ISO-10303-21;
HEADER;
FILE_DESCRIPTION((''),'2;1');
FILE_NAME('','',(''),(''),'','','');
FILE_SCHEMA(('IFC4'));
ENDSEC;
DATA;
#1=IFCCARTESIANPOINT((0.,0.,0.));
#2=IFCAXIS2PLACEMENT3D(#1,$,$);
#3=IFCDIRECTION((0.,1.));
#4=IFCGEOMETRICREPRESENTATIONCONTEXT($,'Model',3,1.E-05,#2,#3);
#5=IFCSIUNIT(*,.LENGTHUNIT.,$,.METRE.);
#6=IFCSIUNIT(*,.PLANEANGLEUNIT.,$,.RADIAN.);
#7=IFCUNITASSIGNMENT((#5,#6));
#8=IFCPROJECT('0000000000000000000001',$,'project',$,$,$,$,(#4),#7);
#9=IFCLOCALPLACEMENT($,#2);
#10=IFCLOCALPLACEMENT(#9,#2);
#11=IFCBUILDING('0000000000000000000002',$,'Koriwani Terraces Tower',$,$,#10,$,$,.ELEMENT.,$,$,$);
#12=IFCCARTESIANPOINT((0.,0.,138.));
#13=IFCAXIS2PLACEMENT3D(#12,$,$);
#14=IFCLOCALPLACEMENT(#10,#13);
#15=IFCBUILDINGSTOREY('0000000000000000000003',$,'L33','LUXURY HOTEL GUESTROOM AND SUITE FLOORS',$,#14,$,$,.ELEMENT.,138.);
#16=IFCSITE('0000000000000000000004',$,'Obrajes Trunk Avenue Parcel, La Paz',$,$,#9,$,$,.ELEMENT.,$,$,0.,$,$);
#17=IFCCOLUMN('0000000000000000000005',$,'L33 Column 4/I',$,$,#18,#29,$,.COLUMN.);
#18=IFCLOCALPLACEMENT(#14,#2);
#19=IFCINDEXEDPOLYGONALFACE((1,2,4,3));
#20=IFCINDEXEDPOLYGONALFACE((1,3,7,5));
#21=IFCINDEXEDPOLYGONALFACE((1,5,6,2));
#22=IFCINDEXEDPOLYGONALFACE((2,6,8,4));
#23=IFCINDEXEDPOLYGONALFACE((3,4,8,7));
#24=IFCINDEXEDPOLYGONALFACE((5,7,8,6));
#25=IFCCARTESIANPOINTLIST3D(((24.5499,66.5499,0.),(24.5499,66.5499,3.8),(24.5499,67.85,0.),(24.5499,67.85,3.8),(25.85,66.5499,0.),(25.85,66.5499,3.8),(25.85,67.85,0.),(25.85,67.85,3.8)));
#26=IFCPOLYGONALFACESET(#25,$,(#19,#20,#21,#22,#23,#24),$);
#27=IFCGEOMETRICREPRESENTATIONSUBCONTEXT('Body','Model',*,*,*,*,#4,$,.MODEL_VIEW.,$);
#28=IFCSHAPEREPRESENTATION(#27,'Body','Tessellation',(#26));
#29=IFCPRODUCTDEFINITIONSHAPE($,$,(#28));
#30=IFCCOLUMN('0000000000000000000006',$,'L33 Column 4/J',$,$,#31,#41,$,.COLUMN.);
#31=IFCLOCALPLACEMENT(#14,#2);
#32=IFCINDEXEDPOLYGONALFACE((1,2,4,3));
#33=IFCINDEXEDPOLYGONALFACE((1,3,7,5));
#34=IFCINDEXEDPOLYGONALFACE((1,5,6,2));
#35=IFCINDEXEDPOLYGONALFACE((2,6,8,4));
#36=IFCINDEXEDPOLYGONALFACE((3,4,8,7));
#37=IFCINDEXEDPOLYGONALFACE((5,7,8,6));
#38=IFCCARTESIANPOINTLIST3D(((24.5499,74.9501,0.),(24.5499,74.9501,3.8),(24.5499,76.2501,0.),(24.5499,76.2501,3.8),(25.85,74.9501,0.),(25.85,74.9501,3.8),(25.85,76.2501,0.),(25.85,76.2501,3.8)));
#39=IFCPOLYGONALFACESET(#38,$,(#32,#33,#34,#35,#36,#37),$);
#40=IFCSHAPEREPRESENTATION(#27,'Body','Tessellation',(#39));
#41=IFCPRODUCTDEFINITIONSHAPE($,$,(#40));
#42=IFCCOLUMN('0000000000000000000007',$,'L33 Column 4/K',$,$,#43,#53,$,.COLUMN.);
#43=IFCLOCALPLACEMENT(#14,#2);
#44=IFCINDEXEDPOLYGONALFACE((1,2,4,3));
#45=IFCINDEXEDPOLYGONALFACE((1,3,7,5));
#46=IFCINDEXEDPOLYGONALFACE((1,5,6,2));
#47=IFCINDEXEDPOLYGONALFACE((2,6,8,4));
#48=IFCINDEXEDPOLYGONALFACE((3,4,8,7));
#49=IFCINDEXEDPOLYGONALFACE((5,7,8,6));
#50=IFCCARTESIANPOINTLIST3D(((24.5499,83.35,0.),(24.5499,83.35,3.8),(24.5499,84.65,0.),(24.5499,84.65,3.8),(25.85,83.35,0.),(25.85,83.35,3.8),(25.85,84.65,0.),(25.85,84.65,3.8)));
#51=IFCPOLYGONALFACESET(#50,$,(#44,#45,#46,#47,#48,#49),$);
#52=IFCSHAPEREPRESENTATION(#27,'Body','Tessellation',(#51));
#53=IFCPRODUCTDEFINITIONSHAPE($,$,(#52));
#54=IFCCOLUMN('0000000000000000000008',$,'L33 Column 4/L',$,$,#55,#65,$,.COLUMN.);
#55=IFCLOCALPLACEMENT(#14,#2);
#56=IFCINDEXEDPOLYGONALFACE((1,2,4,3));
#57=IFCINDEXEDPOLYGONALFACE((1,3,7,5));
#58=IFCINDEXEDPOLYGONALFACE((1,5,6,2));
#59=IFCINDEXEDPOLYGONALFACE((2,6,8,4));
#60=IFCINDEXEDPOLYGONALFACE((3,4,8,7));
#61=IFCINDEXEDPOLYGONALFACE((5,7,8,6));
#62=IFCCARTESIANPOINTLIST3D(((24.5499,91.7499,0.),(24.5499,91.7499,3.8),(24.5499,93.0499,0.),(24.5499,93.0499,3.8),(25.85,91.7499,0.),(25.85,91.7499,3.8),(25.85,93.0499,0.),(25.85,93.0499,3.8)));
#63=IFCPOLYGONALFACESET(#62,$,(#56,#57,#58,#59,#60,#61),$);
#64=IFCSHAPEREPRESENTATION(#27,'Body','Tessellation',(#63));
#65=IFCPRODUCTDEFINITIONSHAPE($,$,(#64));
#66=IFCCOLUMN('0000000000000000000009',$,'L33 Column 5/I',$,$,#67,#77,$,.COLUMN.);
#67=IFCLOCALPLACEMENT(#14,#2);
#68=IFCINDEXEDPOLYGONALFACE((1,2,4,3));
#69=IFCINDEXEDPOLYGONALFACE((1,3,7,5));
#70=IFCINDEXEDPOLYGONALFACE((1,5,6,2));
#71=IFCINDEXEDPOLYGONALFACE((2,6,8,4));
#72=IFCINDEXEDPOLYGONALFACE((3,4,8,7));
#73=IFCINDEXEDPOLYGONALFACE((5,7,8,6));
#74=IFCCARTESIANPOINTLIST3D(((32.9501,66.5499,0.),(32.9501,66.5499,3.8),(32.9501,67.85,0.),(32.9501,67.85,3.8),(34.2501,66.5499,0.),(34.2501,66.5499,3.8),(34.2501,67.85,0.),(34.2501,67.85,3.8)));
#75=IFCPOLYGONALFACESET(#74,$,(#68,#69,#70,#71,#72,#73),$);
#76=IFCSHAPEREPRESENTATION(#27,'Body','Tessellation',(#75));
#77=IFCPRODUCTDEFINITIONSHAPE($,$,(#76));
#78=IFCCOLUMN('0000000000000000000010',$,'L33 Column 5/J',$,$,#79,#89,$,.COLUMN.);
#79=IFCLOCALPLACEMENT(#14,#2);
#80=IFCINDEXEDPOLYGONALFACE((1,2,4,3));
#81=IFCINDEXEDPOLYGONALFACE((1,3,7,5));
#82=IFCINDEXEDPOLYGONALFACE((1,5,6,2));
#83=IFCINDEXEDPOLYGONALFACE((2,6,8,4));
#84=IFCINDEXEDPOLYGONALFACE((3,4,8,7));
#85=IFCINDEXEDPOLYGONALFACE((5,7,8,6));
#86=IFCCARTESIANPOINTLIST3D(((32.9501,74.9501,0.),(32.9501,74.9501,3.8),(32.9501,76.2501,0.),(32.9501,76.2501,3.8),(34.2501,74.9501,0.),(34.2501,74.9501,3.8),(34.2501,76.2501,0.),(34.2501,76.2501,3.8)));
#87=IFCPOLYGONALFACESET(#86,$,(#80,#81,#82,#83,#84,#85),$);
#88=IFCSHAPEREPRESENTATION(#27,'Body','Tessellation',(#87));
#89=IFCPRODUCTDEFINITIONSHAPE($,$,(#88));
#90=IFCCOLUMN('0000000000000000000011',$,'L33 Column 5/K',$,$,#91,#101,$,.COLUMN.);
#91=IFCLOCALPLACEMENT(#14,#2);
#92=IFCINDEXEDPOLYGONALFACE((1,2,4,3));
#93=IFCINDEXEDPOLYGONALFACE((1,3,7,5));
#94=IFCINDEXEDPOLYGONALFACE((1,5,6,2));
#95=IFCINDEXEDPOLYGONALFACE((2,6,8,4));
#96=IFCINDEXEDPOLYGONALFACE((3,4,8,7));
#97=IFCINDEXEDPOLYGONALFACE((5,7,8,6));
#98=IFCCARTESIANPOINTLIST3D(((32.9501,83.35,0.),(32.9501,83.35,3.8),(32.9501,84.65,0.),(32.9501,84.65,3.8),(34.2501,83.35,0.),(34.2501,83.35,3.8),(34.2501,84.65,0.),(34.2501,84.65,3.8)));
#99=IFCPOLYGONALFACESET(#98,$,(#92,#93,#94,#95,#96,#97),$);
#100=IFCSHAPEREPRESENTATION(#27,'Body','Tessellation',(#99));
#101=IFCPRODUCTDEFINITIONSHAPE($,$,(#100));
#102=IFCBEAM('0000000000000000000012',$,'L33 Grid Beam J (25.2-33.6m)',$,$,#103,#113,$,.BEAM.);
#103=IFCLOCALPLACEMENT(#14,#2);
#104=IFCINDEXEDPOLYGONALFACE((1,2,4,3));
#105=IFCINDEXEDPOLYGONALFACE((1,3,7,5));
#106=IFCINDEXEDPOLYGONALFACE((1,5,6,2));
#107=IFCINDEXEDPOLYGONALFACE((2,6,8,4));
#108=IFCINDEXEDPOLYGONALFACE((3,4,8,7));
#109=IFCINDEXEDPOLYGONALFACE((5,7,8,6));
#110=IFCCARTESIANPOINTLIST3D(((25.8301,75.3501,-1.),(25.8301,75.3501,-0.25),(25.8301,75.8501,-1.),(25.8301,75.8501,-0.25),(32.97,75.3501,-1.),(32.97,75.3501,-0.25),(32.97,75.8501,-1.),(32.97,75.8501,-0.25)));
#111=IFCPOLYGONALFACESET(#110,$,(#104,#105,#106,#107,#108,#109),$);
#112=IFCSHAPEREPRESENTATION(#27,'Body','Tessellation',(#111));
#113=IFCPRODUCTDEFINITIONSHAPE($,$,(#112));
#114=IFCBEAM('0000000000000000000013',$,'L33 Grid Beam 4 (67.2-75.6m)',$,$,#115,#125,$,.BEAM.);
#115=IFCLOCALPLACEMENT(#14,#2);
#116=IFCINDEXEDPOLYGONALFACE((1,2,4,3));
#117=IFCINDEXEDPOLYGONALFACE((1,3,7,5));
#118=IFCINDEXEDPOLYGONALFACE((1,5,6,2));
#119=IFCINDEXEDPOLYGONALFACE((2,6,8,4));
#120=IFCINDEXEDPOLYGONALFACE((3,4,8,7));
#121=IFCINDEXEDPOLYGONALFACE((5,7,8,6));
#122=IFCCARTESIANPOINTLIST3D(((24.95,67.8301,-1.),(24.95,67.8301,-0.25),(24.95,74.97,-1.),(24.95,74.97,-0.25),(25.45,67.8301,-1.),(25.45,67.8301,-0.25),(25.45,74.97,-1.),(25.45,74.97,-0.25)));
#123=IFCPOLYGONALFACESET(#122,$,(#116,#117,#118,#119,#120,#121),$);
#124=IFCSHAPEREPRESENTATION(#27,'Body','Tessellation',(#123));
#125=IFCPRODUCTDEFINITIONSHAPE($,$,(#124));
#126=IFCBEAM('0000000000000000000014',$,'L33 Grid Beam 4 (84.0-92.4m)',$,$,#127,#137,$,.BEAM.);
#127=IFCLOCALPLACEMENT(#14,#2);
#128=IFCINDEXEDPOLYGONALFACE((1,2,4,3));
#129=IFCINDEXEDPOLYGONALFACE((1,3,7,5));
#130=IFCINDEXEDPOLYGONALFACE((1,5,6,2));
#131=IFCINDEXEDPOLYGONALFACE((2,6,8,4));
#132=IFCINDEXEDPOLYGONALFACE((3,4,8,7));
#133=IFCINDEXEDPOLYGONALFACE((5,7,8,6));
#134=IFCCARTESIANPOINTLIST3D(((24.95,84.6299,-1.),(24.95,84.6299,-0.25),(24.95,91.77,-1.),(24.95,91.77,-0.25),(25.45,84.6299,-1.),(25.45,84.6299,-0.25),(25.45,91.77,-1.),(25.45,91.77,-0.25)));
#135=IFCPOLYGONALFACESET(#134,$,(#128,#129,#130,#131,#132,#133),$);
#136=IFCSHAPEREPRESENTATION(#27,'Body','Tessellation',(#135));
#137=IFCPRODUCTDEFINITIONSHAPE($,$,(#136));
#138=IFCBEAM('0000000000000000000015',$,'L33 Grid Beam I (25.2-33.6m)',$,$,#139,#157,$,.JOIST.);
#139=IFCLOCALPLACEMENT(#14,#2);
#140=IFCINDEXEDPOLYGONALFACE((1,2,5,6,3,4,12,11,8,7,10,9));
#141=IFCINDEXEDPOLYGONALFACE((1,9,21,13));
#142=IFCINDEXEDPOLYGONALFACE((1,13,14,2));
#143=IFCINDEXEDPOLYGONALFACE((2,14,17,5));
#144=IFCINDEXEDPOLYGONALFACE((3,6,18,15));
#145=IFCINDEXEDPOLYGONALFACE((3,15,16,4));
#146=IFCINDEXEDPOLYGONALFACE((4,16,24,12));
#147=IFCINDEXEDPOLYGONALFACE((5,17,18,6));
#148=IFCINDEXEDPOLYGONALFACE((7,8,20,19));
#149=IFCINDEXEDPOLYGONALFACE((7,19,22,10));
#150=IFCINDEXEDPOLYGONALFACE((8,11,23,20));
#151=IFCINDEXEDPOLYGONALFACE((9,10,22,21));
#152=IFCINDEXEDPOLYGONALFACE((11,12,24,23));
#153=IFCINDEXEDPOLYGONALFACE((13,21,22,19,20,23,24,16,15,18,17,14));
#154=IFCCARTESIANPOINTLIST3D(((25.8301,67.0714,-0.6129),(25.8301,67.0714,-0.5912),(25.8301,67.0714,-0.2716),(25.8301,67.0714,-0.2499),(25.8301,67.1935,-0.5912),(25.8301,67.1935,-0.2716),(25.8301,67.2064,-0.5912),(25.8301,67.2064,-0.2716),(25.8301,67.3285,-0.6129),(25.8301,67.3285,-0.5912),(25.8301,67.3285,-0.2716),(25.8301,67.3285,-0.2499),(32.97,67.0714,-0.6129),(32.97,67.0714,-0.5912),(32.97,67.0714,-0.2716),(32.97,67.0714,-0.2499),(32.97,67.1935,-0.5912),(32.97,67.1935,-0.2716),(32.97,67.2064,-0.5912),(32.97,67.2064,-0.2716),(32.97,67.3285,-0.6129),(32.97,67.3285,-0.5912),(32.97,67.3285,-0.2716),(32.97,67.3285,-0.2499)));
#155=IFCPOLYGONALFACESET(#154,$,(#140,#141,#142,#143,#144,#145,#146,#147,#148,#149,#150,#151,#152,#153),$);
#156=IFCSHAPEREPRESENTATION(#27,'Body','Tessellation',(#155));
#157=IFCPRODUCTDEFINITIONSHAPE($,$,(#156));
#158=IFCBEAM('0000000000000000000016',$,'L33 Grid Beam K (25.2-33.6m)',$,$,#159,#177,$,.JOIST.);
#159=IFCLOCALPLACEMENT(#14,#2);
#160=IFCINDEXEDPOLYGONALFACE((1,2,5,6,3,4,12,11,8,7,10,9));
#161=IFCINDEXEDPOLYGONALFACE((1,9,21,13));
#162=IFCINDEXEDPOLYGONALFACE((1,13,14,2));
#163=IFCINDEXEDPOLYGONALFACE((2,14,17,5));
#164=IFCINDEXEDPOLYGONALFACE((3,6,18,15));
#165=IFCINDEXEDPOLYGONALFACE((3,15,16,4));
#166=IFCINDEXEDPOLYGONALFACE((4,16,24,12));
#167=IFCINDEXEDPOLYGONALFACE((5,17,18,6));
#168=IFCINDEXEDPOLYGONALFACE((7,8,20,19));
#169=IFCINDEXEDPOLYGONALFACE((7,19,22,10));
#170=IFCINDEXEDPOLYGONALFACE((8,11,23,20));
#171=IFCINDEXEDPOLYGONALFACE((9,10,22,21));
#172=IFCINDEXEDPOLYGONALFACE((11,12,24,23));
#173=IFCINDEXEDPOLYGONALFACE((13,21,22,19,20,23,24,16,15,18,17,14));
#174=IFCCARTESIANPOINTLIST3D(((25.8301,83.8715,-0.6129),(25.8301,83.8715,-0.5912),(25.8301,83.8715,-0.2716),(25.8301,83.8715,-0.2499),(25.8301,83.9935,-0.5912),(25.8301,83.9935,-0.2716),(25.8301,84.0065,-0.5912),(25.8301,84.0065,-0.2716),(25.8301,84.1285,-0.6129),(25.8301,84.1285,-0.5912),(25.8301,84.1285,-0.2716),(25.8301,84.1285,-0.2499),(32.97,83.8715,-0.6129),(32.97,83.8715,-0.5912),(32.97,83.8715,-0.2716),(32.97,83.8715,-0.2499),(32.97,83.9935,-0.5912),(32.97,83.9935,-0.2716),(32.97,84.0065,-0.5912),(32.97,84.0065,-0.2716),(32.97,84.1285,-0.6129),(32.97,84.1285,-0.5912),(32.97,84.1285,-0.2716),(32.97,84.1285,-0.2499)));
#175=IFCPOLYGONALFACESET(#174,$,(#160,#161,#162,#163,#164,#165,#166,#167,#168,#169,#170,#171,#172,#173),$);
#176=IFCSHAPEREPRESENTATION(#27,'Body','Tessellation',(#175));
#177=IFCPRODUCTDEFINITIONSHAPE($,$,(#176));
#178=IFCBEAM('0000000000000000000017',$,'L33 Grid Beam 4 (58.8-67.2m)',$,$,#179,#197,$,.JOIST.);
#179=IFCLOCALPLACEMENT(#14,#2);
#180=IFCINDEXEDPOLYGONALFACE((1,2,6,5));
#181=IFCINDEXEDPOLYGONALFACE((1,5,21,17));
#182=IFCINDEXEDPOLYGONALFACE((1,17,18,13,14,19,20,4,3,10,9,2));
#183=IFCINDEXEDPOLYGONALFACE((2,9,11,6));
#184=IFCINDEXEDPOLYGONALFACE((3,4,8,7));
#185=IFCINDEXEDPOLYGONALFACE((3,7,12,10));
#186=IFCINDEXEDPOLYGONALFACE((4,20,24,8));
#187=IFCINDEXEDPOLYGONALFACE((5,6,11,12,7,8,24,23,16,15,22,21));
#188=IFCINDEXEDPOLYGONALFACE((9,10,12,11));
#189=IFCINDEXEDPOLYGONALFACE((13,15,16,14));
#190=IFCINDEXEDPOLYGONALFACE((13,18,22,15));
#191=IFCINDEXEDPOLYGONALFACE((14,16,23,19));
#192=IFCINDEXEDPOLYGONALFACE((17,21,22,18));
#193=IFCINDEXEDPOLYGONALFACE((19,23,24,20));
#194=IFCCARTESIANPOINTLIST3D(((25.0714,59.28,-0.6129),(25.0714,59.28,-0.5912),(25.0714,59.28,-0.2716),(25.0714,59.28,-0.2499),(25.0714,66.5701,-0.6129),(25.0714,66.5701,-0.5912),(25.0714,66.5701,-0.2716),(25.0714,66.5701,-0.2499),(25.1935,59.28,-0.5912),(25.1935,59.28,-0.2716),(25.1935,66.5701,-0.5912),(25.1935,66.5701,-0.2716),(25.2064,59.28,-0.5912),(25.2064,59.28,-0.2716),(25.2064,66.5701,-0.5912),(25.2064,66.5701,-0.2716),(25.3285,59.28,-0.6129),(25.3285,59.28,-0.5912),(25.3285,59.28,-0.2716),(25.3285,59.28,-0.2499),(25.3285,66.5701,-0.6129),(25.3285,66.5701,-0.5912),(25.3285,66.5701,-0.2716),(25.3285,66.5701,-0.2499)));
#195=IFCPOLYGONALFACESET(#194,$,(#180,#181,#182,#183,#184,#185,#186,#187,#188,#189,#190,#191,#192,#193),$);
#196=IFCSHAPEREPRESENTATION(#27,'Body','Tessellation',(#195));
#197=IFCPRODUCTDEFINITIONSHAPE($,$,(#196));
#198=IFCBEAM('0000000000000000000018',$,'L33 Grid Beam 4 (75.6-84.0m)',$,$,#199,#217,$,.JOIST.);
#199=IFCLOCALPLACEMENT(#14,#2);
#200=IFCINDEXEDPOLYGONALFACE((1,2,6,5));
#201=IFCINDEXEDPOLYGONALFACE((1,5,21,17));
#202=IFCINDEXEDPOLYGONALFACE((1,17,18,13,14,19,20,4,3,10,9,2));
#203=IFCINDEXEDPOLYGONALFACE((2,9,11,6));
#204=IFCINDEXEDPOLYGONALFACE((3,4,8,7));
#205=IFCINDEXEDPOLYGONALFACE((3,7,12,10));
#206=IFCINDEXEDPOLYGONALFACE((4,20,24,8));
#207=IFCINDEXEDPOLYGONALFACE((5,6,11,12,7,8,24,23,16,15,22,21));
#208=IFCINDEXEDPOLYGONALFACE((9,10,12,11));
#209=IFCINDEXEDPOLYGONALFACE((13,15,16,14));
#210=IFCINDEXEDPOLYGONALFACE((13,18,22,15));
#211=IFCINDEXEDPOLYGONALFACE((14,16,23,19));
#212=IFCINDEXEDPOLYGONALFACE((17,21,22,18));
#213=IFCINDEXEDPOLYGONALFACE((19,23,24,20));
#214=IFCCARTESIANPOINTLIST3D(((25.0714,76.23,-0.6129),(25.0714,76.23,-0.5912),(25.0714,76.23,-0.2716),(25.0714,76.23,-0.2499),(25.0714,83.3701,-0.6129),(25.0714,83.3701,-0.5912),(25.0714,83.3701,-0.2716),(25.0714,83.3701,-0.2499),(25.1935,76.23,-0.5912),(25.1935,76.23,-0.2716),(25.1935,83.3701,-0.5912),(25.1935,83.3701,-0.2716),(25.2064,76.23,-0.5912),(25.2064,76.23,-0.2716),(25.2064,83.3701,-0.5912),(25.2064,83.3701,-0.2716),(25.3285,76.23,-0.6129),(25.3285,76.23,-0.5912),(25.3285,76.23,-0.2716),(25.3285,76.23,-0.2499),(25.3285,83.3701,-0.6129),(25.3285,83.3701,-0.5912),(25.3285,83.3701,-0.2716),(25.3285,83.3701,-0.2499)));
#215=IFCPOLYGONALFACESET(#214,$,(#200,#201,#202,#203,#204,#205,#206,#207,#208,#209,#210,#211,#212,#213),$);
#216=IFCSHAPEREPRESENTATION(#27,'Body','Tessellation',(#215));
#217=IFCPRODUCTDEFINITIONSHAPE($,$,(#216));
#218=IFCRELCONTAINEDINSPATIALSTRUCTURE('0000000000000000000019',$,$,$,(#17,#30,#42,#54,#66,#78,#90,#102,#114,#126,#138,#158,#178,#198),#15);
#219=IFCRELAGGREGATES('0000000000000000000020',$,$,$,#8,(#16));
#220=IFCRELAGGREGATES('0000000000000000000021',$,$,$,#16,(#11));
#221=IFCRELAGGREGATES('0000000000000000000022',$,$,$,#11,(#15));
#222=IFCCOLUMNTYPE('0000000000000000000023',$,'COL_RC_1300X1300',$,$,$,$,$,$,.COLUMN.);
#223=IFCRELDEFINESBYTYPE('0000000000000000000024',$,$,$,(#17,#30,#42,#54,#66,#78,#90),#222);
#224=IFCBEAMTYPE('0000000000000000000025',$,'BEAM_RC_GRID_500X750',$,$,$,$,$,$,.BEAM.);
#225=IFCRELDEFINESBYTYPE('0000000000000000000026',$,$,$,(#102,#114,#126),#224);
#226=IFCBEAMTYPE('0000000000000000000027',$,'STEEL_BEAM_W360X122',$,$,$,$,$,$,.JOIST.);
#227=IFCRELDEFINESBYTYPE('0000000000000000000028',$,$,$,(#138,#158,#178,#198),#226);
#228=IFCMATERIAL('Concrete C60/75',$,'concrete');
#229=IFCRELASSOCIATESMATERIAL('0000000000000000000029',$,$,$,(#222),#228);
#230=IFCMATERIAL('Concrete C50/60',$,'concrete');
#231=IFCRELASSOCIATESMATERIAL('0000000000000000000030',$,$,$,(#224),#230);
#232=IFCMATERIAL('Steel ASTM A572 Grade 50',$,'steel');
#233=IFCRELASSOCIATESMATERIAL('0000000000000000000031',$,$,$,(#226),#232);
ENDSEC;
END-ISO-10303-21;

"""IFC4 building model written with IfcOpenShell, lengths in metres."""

from ifc_helpers import new_model, si_unit, direction, frame, origin, origin_2d, place, context, subcontext, project, spatial, rectangle, i_section, extrude, material, material_profile, profile_set, type_object, element, save


model = new_model("IFC4")

# Units and contexts
model_context = context("Model", 3, precision=1e-05, world=origin(), true_north=direction((0.0, 1.0)))
body_context = subcontext(model_context, "Body", "Model", "MODEL_VIEW")
ifc_project = project(units=[si_unit("LENGTHUNIT", "METRE"), si_unit("PLANEANGLEUNIT", "RADIAN")], contexts=[model_context])

# Site, building, storey
site_placement = place(None, origin())
site = spatial("IfcSite", under=ifc_project, at=site_placement, Name="Obrajes Trunk Avenue Parcel, La Paz", CompositionType="ELEMENT", RefElevation=0.0)
building_placement = place(site_placement, origin())
building = spatial("IfcBuilding", under=site, at=building_placement, Name="Koriwani Terraces Tower", CompositionType="ELEMENT")
storey_placement = place(building_placement, frame((0.0, 0.0, 138.0)))
storey = spatial("IfcBuildingStorey", under=building, at=storey_placement, Name="L33", Description="LUXURY HOTEL GUESTROOM AND SUITE FLOORS", CompositionType="ELEMENT", Elevation=138.0)

# Columns
ifc_material_1 = material(Name="Concrete C60/75", Category="concrete")
ifc_material_profile_1 = material_profile(ifc_material_1, rectangle(XDim=1.3, YDim=1.3, at=origin_2d()), Name="Concrete C60/75", Category="LoadBearing")
ifc_profile_set_1 = profile_set([ifc_material_profile_1], Name="Concrete C60/75")
column_type = type_object("IfcColumnType", Name="COL_RC_1300X1300", PredefinedType="COLUMN", material=ifc_profile_set_1)
for number, where, z_axis, x_axis, name in (
    (1, (25.2, 67.2, 0.0), (0.0, 0.0, 1.0), (1.0, 0.0, 0.0), "L33 Column 4/I"),
    (2, (25.2, 75.6001, 0.0), (0.0, 0.0, 1.0), (1.0, 0.0, 0.0), "L33 Column 4/J"),
    (3, (25.2, 84.0, 0.0), (0.0, 0.0, 1.0), (1.0, 0.0, 0.0), "L33 Column 4/K"),
    (4, (25.2, 92.3999, 0.0), (0.0, 0.0, 1.0), (1.0, 0.0, 0.0), "L33 Column 4/L"),
    (5, (33.6001, 67.2, 0.0), (0.0, 0.0, 1.0), (1.0, 0.0, 0.0), "L33 Column 5/I"),
    (6, (33.6001, 75.6001, 0.0), (0.0, 0.0, 1.0), (1.0, 0.0, 0.0), "L33 Column 5/J"),
    (7, (33.6001, 84.0, 0.0), (0.0, 0.0, 1.0), (1.0, 0.0, 0.0), "L33 Column 5/K"),
):
    element("IfcColumn", number, at=place(storey_placement, frame(where, z_axis=z_axis, x_axis=x_axis)), inside=storey, type_object=column_type, Name=name, PredefinedType="COLUMN", context=body_context, shape_type="SweptSolid", body=[
        extrude(rectangle(XDim=1.3, YDim=1.3, at=origin_2d()), origin(), (0.0, 0.0, 1.0), 3.8),
    ])

# Beams
ifc_material_2 = material(Name="Concrete C50/60", Category="concrete")
ifc_material_profile_2 = material_profile(ifc_material_2, rectangle(XDim=0.5, YDim=0.75, at=origin_2d()), Name="Concrete C50/60", Category="LoadBearing")
ifc_profile_set_2 = profile_set([ifc_material_profile_2], Name="Concrete C50/60")
beam_type_1 = type_object("IfcBeamType", Name="BEAM_RC_GRID_500X750", PredefinedType="BEAM", material=ifc_profile_set_2)
for number, where, z_axis, x_axis, name in (
    (8, (25.8301, 75.6001, -0.625), (1.0, 0.0, 0.0), (0.0, 1.0, 0.0), "L33 Grid Beam J (25.2-33.6m)"),
    (9, (25.2, 67.8301, -0.625), (0.0, 1.0, 0.0), (-1.0, 0.0, 0.0), "L33 Grid Beam 4 (67.2-75.6m)"),
):
    element("IfcBeam", number, at=place(storey_placement, frame(where, z_axis=z_axis, x_axis=x_axis)), inside=storey, type_object=beam_type_1, Name=name, PredefinedType="BEAM", context=body_context, shape_type="SweptSolid", body=[
        extrude(rectangle(XDim=0.5, YDim=0.75, at=origin_2d()), origin(), (0.0, 0.0, 1.0), 7.1399),
    ])
beam_1_placement = place(storey_placement, frame((25.2, 84.6299, -0.625), z_axis=(0.0, 1.0, 0.0), x_axis=(-1.0, 0.0, 0.0)))
element("IfcBeam", 10, at=beam_1_placement, inside=storey, type_object=beam_type_1, Name="L33 Grid Beam 4 (84.0-92.4m)", PredefinedType="BEAM", context=body_context, shape_type="SweptSolid", body=[
    extrude(rectangle(XDim=0.5, YDim=0.75, at=origin_2d()), origin(), (0.0, 0.0, 1.0), 7.1401),
])
ifc_material_3 = material(Name="Steel ASTM A572 Grade 50", Category="steel")
ifc_material_profile_3 = material_profile(ifc_material_3, i_section(OverallWidth=0.2571, OverallDepth=0.363, WebThickness=0.0129, FlangeThickness=0.0217, at=origin_2d()), Name="Steel ASTM A572 Grade 50", Category="LoadBearing")
ifc_profile_set_3 = profile_set([ifc_material_profile_3], Name="Steel ASTM A572 Grade 50")
beam_type_2 = type_object("IfcBeamType", Name="STEEL_BEAM_W360X122", PredefinedType="JOIST", material=ifc_profile_set_3)
for number, where, z_axis, x_axis, name in (
    (11, (25.8301, 67.2, -0.4314), (1.0, 0.0, 0.0), (0.0, 1.0, 0.0), "L33 Grid Beam I (25.2-33.6m)"),
    (12, (25.8301, 84.0, -0.4314), (1.0, 0.0, 0.0), (0.0, 1.0, 0.0), "L33 Grid Beam K (25.2-33.6m)"),
):
    element("IfcBeam", number, at=place(storey_placement, frame(where, z_axis=z_axis, x_axis=x_axis)), inside=storey, type_object=beam_type_2, Name=name, PredefinedType="JOIST", context=body_context, shape_type="SweptSolid", body=[
        extrude(i_section(OverallWidth=0.2571, OverallDepth=0.363, WebThickness=0.0129, FlangeThickness=0.0217, at=origin_2d()), origin(), (0.0, 0.0, 1.0), 7.1399),
    ])
beam_2_placement = place(storey_placement, frame((25.2, 59.28, -0.4314), z_axis=(0.0, 1.0, 0.0), x_axis=(-1.0, 0.0, 0.0)))
element("IfcBeam", 13, at=beam_2_placement, inside=storey, type_object=beam_type_2, Name="L33 Grid Beam 4 (58.8-67.2m)", PredefinedType="JOIST", context=body_context, shape_type="SweptSolid", body=[
    extrude(i_section(OverallWidth=0.2571, OverallDepth=0.363, WebThickness=0.0129, FlangeThickness=0.0217, at=origin_2d()), origin(), (0.0, 0.0, 1.0), 7.29),
])
beam_3_placement = place(storey_placement, frame((25.2, 76.23, -0.4314), z_axis=(0.0, 1.0, 0.0), x_axis=(-1.0, 0.0, 0.0)))
element("IfcBeam", 14, at=beam_3_placement, inside=storey, type_object=beam_type_2, Name="L33 Grid Beam 4 (75.6-84.0m)", PredefinedType="JOIST", context=body_context, shape_type="SweptSolid", body=[
    extrude(i_section(OverallWidth=0.2571, OverallDepth=0.363, WebThickness=0.0129, FlangeThickness=0.0217, at=origin_2d()), origin(), (0.0, 0.0, 1.0), 7.1401),
])

save(model, "model.ifc")
